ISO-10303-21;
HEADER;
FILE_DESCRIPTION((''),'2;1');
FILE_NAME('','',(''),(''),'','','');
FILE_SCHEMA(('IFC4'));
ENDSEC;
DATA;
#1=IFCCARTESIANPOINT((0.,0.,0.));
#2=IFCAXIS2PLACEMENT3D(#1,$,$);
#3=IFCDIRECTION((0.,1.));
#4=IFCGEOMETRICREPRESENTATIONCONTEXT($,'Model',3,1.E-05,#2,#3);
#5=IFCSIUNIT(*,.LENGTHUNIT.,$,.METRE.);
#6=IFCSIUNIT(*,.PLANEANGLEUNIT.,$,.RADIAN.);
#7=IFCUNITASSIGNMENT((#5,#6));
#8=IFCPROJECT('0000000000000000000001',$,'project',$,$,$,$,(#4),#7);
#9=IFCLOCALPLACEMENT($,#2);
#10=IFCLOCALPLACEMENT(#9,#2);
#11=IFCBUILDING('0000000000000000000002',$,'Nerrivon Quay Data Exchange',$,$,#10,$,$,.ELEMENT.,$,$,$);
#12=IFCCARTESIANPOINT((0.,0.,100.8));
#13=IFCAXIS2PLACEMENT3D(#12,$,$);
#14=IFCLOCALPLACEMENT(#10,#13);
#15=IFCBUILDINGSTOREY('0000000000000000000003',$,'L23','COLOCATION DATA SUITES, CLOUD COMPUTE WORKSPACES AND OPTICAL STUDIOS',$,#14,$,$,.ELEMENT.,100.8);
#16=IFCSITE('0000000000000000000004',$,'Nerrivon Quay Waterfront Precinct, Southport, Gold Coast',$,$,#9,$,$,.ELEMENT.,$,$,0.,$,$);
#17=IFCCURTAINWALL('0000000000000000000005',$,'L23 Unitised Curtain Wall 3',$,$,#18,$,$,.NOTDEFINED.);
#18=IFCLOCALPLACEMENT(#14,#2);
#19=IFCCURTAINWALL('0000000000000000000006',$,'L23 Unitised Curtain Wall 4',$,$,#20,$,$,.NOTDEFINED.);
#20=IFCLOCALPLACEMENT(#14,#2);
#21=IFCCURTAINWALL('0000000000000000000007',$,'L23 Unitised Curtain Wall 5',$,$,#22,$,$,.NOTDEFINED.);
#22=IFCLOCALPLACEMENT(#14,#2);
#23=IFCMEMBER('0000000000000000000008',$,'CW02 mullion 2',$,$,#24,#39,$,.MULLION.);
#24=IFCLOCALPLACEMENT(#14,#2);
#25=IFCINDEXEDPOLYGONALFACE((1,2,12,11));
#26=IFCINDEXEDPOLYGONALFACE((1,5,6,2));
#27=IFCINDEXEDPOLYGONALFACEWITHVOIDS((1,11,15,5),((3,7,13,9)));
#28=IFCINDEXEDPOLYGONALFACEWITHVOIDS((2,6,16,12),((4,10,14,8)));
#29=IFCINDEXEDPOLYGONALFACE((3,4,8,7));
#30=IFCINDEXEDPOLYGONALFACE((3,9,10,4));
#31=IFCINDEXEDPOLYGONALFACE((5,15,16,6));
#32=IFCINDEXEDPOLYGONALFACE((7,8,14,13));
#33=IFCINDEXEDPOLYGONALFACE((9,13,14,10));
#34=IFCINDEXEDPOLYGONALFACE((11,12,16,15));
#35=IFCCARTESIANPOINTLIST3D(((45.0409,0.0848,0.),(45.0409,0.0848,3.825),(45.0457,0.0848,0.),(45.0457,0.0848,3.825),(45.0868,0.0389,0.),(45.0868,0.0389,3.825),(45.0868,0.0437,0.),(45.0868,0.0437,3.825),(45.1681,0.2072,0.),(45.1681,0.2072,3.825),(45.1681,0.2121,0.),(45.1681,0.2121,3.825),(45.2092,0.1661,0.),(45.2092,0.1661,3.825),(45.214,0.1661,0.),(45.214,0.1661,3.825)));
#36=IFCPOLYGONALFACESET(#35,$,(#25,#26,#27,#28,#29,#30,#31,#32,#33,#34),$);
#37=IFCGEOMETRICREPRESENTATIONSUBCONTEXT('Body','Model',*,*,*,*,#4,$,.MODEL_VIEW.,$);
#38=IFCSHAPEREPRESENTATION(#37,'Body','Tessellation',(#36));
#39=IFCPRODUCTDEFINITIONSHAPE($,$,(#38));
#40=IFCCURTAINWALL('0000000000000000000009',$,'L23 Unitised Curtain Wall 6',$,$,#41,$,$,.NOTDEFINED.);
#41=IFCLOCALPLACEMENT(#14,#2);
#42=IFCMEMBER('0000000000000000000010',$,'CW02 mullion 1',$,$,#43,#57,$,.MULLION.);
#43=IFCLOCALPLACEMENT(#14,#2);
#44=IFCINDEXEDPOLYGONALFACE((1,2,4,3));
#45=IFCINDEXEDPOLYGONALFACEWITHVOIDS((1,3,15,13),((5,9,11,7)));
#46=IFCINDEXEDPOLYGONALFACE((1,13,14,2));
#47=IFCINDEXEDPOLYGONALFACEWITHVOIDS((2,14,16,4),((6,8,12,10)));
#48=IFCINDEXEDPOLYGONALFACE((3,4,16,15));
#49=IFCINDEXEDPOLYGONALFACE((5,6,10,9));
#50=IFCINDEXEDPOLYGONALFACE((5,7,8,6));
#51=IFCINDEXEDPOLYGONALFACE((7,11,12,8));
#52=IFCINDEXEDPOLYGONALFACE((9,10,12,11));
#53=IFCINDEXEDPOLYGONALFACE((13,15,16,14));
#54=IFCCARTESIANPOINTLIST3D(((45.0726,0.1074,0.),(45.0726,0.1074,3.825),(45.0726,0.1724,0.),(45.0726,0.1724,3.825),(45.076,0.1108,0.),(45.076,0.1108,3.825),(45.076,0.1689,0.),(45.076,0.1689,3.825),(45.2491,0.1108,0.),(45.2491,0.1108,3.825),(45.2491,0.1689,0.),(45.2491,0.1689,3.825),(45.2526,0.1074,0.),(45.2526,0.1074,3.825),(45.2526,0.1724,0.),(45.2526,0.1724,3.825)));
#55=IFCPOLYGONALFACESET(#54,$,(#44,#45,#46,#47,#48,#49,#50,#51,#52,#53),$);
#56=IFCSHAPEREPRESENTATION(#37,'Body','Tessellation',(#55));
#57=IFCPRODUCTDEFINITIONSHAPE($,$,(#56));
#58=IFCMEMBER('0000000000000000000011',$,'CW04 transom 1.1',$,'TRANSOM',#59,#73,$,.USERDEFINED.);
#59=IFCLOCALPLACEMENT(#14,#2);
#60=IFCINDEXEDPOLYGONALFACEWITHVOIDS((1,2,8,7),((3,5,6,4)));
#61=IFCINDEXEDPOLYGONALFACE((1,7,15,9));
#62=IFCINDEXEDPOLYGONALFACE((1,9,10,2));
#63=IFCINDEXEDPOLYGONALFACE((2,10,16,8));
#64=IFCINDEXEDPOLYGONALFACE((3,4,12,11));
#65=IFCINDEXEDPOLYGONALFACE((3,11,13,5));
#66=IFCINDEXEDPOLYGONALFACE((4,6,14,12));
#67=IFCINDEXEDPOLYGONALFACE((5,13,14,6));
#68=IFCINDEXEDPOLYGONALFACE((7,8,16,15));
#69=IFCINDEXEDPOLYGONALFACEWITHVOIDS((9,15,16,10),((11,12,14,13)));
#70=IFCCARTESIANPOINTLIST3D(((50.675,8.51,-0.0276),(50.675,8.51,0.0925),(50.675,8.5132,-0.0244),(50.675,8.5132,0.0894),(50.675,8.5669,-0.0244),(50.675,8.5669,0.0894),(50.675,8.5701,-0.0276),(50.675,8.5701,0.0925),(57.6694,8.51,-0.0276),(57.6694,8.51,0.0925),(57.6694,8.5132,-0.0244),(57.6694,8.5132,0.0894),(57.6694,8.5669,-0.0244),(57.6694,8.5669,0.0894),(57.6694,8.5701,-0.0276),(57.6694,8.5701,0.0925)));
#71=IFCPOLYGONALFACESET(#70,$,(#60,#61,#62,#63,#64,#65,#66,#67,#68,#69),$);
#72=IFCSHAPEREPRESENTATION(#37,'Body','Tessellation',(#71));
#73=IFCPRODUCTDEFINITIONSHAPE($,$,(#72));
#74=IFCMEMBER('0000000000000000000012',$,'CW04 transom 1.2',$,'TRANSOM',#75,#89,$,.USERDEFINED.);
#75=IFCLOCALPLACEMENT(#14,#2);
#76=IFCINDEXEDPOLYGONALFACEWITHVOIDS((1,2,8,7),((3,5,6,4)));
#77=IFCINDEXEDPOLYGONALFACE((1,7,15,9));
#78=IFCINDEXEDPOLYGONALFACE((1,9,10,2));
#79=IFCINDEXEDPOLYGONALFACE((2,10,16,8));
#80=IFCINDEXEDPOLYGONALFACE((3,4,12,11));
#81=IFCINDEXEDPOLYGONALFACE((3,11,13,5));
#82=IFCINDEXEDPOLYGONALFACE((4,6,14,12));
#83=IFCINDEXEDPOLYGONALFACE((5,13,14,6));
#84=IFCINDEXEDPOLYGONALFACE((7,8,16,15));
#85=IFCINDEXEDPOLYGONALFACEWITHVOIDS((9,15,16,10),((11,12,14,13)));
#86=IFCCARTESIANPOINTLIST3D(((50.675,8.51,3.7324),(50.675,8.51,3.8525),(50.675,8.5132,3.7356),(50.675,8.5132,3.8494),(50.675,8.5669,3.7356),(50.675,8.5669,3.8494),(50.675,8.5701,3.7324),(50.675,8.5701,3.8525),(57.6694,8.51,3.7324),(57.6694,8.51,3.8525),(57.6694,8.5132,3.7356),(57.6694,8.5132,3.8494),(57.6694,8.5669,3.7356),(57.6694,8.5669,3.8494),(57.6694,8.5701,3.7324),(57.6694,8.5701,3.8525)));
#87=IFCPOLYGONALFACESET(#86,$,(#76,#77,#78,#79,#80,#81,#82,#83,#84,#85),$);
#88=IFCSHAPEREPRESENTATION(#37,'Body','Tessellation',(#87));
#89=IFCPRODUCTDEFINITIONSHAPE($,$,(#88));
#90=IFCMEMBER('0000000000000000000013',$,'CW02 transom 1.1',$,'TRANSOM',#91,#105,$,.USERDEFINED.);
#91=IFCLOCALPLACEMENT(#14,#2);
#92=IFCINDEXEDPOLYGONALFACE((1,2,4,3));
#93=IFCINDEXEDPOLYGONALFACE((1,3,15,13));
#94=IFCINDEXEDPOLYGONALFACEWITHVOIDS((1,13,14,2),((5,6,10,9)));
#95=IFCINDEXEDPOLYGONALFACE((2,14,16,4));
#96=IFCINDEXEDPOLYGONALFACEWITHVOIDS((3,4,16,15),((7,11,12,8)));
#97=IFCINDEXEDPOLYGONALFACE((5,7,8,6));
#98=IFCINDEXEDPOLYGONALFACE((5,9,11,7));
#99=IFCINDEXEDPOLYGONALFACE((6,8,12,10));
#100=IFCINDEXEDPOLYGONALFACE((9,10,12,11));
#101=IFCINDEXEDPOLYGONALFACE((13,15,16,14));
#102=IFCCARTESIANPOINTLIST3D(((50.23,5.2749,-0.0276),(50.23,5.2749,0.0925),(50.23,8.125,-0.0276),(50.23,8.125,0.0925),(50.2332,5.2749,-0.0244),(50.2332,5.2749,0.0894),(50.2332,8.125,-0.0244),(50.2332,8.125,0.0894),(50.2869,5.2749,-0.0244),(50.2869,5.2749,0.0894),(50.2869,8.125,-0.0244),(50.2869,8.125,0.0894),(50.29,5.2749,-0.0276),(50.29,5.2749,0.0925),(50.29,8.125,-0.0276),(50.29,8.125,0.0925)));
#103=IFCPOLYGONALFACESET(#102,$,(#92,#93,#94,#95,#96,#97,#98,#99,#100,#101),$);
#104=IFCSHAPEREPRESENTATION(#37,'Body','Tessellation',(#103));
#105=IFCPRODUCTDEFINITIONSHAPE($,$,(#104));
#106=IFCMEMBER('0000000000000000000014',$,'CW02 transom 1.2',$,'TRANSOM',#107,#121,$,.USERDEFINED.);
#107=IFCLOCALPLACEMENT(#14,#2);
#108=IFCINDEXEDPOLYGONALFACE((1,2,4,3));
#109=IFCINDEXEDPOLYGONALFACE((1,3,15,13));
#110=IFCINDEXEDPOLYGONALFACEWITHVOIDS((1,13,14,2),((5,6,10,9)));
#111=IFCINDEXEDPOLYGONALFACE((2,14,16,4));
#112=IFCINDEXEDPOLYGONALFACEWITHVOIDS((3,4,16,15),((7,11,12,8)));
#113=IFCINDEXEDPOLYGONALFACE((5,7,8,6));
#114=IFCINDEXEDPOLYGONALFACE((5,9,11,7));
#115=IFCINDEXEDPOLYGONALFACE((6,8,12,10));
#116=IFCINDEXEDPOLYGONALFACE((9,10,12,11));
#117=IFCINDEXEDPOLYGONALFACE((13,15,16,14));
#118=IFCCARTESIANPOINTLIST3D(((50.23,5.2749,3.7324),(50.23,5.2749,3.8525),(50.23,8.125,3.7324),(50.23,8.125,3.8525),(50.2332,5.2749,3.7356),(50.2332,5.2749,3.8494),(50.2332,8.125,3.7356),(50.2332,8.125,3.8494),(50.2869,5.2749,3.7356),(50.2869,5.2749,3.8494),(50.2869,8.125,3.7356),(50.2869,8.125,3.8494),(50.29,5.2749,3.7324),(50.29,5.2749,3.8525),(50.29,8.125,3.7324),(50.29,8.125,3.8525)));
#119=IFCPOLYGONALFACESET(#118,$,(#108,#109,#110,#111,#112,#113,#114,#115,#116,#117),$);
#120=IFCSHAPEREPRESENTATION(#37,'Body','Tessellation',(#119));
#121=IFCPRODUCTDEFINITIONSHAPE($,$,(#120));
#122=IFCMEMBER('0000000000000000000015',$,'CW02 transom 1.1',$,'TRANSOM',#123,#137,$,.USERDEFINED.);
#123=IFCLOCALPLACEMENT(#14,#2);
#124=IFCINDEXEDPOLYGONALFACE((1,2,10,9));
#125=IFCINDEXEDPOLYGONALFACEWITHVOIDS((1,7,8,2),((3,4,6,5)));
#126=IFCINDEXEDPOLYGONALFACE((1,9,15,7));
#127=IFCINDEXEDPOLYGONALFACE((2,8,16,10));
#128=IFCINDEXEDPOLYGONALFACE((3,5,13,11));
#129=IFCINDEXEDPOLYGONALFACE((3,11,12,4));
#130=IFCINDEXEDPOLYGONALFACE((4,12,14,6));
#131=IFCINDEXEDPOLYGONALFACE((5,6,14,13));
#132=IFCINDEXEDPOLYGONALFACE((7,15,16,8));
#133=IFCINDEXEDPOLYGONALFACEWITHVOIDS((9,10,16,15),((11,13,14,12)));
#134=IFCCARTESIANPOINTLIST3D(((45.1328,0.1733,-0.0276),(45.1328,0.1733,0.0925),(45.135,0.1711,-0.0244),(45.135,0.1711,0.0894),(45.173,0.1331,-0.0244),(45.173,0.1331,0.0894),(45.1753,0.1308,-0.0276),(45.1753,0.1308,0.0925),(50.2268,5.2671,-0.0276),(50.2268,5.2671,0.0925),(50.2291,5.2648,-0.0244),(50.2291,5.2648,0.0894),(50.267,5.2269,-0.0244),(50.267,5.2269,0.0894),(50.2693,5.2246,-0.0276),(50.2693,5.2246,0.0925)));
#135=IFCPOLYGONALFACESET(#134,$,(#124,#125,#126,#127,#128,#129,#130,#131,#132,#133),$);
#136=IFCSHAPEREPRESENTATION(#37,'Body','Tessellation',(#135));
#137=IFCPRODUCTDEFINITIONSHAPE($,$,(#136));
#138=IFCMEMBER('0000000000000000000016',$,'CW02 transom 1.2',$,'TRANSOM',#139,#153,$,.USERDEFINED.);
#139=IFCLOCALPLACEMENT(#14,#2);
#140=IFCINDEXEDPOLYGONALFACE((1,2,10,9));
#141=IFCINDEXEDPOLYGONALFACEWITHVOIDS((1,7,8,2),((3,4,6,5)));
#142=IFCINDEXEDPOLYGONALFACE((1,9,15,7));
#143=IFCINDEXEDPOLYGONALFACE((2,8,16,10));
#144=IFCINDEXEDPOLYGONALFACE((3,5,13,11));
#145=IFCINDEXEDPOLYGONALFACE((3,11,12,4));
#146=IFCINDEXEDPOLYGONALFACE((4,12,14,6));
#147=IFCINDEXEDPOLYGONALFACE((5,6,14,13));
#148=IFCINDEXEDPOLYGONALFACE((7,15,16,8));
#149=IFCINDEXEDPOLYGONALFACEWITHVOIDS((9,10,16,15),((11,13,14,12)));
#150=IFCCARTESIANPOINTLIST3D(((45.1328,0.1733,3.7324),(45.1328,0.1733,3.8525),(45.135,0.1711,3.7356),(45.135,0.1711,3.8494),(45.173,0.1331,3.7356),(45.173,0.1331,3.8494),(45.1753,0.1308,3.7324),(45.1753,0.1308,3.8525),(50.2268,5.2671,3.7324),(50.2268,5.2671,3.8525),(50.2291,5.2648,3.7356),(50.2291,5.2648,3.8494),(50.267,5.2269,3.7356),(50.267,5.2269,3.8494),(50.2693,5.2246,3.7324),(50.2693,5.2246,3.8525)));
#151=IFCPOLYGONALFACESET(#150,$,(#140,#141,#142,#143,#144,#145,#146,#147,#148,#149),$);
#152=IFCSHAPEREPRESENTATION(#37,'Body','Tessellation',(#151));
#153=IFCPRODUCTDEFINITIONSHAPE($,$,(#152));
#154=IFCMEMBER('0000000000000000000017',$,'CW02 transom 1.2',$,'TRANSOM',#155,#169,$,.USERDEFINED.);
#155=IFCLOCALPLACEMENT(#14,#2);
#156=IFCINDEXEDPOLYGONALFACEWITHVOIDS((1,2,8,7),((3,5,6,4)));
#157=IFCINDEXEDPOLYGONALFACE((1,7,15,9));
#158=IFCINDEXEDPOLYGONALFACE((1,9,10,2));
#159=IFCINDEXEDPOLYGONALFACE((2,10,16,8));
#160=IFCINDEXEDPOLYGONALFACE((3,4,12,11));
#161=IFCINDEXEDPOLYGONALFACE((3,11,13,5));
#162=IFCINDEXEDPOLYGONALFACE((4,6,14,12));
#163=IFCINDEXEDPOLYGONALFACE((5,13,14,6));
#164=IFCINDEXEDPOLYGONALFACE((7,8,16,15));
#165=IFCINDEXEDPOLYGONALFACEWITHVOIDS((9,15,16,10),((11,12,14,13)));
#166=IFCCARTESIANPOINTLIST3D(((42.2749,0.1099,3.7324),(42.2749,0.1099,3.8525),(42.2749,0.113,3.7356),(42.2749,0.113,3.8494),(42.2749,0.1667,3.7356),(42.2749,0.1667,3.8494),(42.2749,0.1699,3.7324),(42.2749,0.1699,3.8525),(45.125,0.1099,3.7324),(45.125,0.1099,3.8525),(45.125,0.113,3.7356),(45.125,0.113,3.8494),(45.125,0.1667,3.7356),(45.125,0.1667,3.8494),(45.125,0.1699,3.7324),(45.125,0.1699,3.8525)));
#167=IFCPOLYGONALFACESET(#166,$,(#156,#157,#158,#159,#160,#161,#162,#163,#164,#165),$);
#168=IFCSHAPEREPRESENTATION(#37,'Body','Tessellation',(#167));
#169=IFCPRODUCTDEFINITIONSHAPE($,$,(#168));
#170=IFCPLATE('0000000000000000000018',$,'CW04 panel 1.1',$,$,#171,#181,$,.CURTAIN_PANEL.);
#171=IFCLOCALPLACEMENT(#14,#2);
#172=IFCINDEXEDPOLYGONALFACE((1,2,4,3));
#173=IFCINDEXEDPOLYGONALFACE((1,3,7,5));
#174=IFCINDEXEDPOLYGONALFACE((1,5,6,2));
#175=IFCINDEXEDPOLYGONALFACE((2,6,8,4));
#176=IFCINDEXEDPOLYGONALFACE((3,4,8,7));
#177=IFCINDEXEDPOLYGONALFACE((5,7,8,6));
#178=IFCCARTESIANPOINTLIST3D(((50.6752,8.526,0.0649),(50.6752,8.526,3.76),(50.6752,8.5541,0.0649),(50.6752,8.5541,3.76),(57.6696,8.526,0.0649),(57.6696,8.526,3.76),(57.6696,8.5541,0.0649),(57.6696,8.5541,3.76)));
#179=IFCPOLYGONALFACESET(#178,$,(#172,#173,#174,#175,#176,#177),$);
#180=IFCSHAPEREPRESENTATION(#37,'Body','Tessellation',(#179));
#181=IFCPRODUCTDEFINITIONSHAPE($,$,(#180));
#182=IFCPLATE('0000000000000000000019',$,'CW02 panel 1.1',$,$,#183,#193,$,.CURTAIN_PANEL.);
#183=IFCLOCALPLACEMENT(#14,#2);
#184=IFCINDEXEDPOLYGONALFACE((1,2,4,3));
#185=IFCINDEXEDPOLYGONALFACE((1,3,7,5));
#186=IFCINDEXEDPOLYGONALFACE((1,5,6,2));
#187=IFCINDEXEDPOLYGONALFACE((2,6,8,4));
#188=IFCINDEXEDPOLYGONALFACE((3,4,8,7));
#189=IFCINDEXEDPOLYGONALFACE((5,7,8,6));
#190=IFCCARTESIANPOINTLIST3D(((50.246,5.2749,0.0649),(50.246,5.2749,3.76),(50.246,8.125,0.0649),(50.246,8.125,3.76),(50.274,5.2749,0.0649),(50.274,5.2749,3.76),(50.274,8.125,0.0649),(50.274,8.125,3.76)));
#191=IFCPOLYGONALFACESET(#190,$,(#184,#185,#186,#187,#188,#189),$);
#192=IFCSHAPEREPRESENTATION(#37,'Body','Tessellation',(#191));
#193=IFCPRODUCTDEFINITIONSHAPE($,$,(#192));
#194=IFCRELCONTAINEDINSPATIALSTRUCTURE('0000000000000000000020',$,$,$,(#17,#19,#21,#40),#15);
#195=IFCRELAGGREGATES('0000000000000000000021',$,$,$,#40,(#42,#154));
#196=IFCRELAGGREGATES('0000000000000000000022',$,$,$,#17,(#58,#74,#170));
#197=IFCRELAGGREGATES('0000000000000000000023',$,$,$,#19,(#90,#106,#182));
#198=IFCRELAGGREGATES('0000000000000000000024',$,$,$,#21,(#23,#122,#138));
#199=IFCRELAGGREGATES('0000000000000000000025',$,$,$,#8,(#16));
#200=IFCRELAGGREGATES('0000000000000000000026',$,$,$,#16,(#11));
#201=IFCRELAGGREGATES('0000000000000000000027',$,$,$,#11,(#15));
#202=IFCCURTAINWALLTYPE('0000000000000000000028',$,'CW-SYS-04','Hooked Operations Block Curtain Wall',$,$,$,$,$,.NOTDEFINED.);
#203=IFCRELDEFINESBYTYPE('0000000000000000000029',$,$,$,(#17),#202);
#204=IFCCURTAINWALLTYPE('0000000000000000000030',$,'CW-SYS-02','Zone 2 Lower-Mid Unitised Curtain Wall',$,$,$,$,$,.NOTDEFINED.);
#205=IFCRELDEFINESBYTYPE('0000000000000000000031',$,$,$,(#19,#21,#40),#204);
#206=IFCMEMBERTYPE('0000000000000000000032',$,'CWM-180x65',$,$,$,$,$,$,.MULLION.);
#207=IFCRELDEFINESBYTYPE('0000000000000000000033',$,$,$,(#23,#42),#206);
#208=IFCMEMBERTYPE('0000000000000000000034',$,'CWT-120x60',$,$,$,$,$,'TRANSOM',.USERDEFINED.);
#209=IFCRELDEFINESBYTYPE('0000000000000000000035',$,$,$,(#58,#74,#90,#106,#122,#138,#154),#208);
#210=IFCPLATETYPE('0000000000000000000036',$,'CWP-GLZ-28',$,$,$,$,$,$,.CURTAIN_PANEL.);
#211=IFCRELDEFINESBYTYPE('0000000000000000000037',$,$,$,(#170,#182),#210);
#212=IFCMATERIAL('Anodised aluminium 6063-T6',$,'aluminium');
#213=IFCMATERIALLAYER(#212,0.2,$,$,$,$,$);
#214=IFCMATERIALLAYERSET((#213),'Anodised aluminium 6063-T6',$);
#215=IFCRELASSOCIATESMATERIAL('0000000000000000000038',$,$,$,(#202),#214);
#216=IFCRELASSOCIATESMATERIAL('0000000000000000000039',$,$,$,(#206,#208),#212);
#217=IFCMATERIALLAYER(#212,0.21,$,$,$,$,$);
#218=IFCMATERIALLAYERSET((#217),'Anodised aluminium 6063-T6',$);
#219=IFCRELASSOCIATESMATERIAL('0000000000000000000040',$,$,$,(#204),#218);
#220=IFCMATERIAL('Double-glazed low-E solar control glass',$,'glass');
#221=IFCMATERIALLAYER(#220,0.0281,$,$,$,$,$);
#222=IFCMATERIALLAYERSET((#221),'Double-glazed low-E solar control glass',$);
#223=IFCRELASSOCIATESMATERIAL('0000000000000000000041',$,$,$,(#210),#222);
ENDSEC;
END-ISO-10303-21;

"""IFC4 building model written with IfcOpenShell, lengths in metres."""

from ifc_helpers import new_model, si_unit, direction, frame, origin, origin_2d, place, context, subcontext, project, spatial, rectangle, hollow_rectangle, extrude, material, layer, layer_set, material_profile, profile_set, type_object, element, aggregate, save


model = new_model("IFC4")

# Units and contexts
model_context = context("Model", 3, precision=1e-05, world=origin(), true_north=direction((0.0, 1.0)))
body_context = subcontext(model_context, "Body", "Model", "MODEL_VIEW")
ifc_project = project(units=[si_unit("LENGTHUNIT", "METRE"), si_unit("PLANEANGLEUNIT", "RADIAN")], contexts=[model_context])

# Site, building, storey
site_placement = place(None, origin())
site = spatial("IfcSite", under=ifc_project, at=site_placement, Name="Nerrivon Quay Waterfront Precinct, Southport, Gold Coast", CompositionType="ELEMENT", RefElevation=0.0)
building_placement = place(site_placement, origin())
building = spatial("IfcBuilding", under=site, at=building_placement, Name="Nerrivon Quay Data Exchange", CompositionType="ELEMENT")
storey_placement = place(building_placement, frame((0.0, 0.0, 100.8)))
storey = spatial("IfcBuildingStorey", under=building, at=storey_placement, Name="L23", Description="COLOCATION DATA SUITES, CLOUD COMPUTE WORKSPACES AND OPTICAL STUDIOS", CompositionType="ELEMENT", Elevation=100.8)

# Curtain walls, member
ifc_material_1 = material(Name="Anodised aluminium 6063-T6", Category="aluminium")
ifc_layer_1 = layer(ifc_material_1, 0.2)
ifc_layer_set_1 = layer_set([ifc_layer_1], Name="Anodised aluminium 6063-T6")
curtain_wall_type_1 = type_object("IfcCurtainWallType", Name="CW-SYS-04", Description="Hooked Operations Block Curtain Wall", PredefinedType="NOTDEFINED", material=ifc_layer_set_1)
curtain_wall_1_placement = place(storey_placement, origin())
curtain_wall_1 = element("IfcCurtainWall", 1, at=curtain_wall_1_placement, inside=storey, type_object=curtain_wall_type_1, Name="L23 Unitised Curtain Wall 3", PredefinedType="NOTDEFINED")
ifc_material_profile_1 = material_profile(ifc_material_1, hollow_rectangle(XDim=0.0649, YDim=0.1799, WallThickness=0.0034, at=origin_2d()), Name="ALU-MULL-180x65")
ifc_profile_set_1 = profile_set([ifc_material_profile_1], Name="Anodised aluminium 6063-T6")
member_type_1 = type_object("IfcMemberType", Name="CWM-180x65", PredefinedType="MULLION", material=ifc_profile_set_1)
ifc_layer_2 = layer(ifc_material_1, 0.21)
ifc_layer_set_2 = layer_set([ifc_layer_2], Name="Anodised aluminium 6063-T6")
curtain_wall_type_2 = type_object("IfcCurtainWallType", Name="CW-SYS-02", Description="Zone 2 Lower-Mid Unitised Curtain Wall", PredefinedType="NOTDEFINED", material=ifc_layer_set_2)
curtain_wall_2_placement = place(storey_placement, origin())
curtain_wall_2 = element("IfcCurtainWall", 2, at=curtain_wall_2_placement, inside=storey, type_object=curtain_wall_type_2, Name="L23 Unitised Curtain Wall 4", PredefinedType="NOTDEFINED")
curtain_wall_3_placement = place(storey_placement, origin())
curtain_wall_3 = element("IfcCurtainWall", 3, at=curtain_wall_3_placement, inside=storey, type_object=curtain_wall_type_2, Name="L23 Unitised Curtain Wall 5", PredefinedType="NOTDEFINED")
member_1_placement = place(storey_placement, frame((45.1274, 0.1255, 0.0), z_axis=(0.0, 0.0, 1.0), x_axis=(0.707107, -0.707107, 0.0)))
member_1 = element("IfcMember", 4, at=member_1_placement, type_object=member_type_1, Name="CW02 mullion 2", PredefinedType="MULLION", context=body_context, shape_type="SweptSolid", body=[
    extrude(hollow_rectangle(XDim=0.0649, YDim=0.1799, WallThickness=0.0034, at=origin_2d()), origin(), (0.0, 0.0, 1.0), 3.825),
])

# Curtain wall, member
curtain_wall_4_placement = place(storey_placement, origin())
curtain_wall_4 = element("IfcCurtainWall", 5, at=curtain_wall_4_placement, inside=storey, type_object=curtain_wall_type_2, Name="L23 Unitised Curtain Wall 6", PredefinedType="NOTDEFINED")
member_2_placement = place(storey_placement, frame((45.1626, 0.1399, 0.0), z_axis=(0.0, 0.0, 1.0), x_axis=(0.0, -1.0, 0.0)))
member_2 = element("IfcMember", 6, at=member_2_placement, type_object=member_type_1, Name="CW02 mullion 1", PredefinedType="MULLION", context=body_context, shape_type="SweptSolid", body=[
    extrude(hollow_rectangle(XDim=0.0649, YDim=0.1799, WallThickness=0.0034, at=origin_2d()), origin(), (0.0, 0.0, 1.0), 3.825),
])

# Members
ifc_material_profile_2 = material_profile(ifc_material_1, hollow_rectangle(XDim=0.0601, YDim=0.1201, WallThickness=0.0032, at=origin_2d()), Name="ALU-TRAN-120x60")
ifc_profile_set_2 = profile_set([ifc_material_profile_2], Name="Anodised aluminium 6063-T6")
member_type_2 = type_object("IfcMemberType", Name="CWT-120x60", ElementType="TRANSOM", PredefinedType="USERDEFINED", material=ifc_profile_set_2)
member_3_placement = place(storey_placement, frame((57.6694, 8.54, 0.0325), z_axis=(-1.0, 0.0, 0.0), x_axis=(0.0, -1.0, 0.0)))
member_3 = element("IfcMember", 7, at=member_3_placement, type_object=member_type_2, Name="CW04 transom 1.1", ObjectType="TRANSOM", PredefinedType="USERDEFINED", context=body_context, shape_type="SweptSolid", body=[
    extrude(hollow_rectangle(XDim=0.0601, YDim=0.1201, WallThickness=0.0032, at=origin_2d()), origin(), (0.0, 0.0, 1.0), 6.9944),
])
member_4_placement = place(storey_placement, frame((57.6694, 8.54, 3.7925), z_axis=(-1.0, 0.0, 0.0), x_axis=(0.0, -1.0, 0.0)))
member_4 = element("IfcMember", 8, at=member_4_placement, type_object=member_type_2, Name="CW04 transom 1.2", ObjectType="TRANSOM", PredefinedType="USERDEFINED", context=body_context, shape_type="SweptSolid", body=[
    extrude(hollow_rectangle(XDim=0.0601, YDim=0.1201, WallThickness=0.0032, at=origin_2d()), origin(), (0.0, 0.0, 1.0), 6.9944),
])
member_5_placement = place(storey_placement, frame((50.26, 8.125, 0.0325), z_axis=(0.0, -1.0, 0.0), x_axis=(1.0, 0.0, 0.0)))
member_5 = element("IfcMember", 9, at=member_5_placement, type_object=member_type_2, Name="CW02 transom 1.1", ObjectType="TRANSOM", PredefinedType="USERDEFINED", context=body_context, shape_type="SweptSolid", body=[
    extrude(hollow_rectangle(XDim=0.0601, YDim=0.1201, WallThickness=0.0032, at=origin_2d()), origin(), (0.0, 0.0, 1.0), 2.8501),
])
member_6_placement = place(storey_placement, frame((50.26, 8.125, 3.7925), z_axis=(0.0, -1.0, 0.0), x_axis=(1.0, 0.0, 0.0)))
member_6 = element("IfcMember", 10, at=member_6_placement, type_object=member_type_2, Name="CW02 transom 1.2", ObjectType="TRANSOM", PredefinedType="USERDEFINED", context=body_context, shape_type="SweptSolid", body=[
    extrude(hollow_rectangle(XDim=0.0601, YDim=0.1201, WallThickness=0.0032, at=origin_2d()), origin(), (0.0, 0.0, 1.0), 2.8501),
])
member_7_placement = place(storey_placement, frame((50.248, 5.2458, 0.0325), z_axis=(-0.707124, -0.70709, 0.0), x_axis=(0.70709, -0.707124, 0.0)))
member_7 = element("IfcMember", 11, at=member_7_placement, type_object=member_type_2, Name="CW02 transom 1.1", ObjectType="TRANSOM", PredefinedType="USERDEFINED", context=body_context, shape_type="SweptSolid", body=[
    extrude(hollow_rectangle(XDim=0.0601, YDim=0.1201, WallThickness=0.0032, at=origin_2d()), origin(), (0.0, 0.0, 1.0), 7.2039),
])
member_8_placement = place(storey_placement, frame((50.248, 5.2458, 3.7925), z_axis=(-0.707124, -0.70709, 0.0), x_axis=(0.70709, -0.707124, 0.0)))
member_8 = element("IfcMember", 12, at=member_8_placement, type_object=member_type_2, Name="CW02 transom 1.2", ObjectType="TRANSOM", PredefinedType="USERDEFINED", context=body_context, shape_type="SweptSolid", body=[
    extrude(hollow_rectangle(XDim=0.0601, YDim=0.1201, WallThickness=0.0032, at=origin_2d()), origin(), (0.0, 0.0, 1.0), 7.2039),
])
member_9_placement = place(storey_placement, frame((45.125, 0.1399, 3.7925), z_axis=(-1.0, 0.0, 0.0), x_axis=(0.0, -1.0, 0.0)))
member_9 = element("IfcMember", 13, at=member_9_placement, type_object=member_type_2, Name="CW02 transom 1.2", ObjectType="TRANSOM", PredefinedType="USERDEFINED", context=body_context, shape_type="SweptSolid", body=[
    extrude(hollow_rectangle(XDim=0.0601, YDim=0.1201, WallThickness=0.0032, at=origin_2d()), origin(), (0.0, 0.0, 1.0), 2.8501),
])
aggregate(curtain_wall_4, [member_2, member_9])

# Plates
ifc_material_2 = material(Name="Double-glazed low-E solar control glass", Category="glass")
ifc_layer_3 = layer(ifc_material_2, 0.0281)
ifc_layer_set_3 = layer_set([ifc_layer_3], Name="Double-glazed low-E solar control glass")
plate_type = type_object("IfcPlateType", Name="CWP-GLZ-28", PredefinedType="CURTAIN_PANEL", material=ifc_layer_set_3)
plate_1_placement = place(storey_placement, frame((54.1724, 8.54, 0.0649), z_axis=(0.0, 0.0, 1.0), x_axis=(-1.0, 0.0, 0.0)))
plate_1 = element("IfcPlate", 14, at=plate_1_placement, type_object=plate_type, Name="CW04 panel 1.1", PredefinedType="CURTAIN_PANEL", context=body_context, shape_type="SweptSolid", body=[
    extrude(rectangle(XDim=6.9944, YDim=0.0281, at=origin_2d()), origin(), (0.0, 0.0, 1.0), 3.6951),
])
aggregate(curtain_wall_1, [member_3, member_4, plate_1])
plate_2_placement = place(storey_placement, frame((50.26, 6.7, 0.0649), z_axis=(0.0, 0.0, 1.0), x_axis=(0.0, -1.0, 0.0)))
plate_2 = element("IfcPlate", 15, at=plate_2_placement, type_object=plate_type, Name="CW02 panel 1.1", PredefinedType="CURTAIN_PANEL", context=body_context, shape_type="SweptSolid", body=[
    extrude(rectangle(XDim=2.8501, YDim=0.0281, at=origin_2d()), origin(), (0.0, 0.0, 1.0), 3.6951),
])
aggregate(curtain_wall_2, [member_5, member_6, plate_2])
aggregate(curtain_wall_3, [member_1, member_7, member_8])

save(model, "model.ifc")
